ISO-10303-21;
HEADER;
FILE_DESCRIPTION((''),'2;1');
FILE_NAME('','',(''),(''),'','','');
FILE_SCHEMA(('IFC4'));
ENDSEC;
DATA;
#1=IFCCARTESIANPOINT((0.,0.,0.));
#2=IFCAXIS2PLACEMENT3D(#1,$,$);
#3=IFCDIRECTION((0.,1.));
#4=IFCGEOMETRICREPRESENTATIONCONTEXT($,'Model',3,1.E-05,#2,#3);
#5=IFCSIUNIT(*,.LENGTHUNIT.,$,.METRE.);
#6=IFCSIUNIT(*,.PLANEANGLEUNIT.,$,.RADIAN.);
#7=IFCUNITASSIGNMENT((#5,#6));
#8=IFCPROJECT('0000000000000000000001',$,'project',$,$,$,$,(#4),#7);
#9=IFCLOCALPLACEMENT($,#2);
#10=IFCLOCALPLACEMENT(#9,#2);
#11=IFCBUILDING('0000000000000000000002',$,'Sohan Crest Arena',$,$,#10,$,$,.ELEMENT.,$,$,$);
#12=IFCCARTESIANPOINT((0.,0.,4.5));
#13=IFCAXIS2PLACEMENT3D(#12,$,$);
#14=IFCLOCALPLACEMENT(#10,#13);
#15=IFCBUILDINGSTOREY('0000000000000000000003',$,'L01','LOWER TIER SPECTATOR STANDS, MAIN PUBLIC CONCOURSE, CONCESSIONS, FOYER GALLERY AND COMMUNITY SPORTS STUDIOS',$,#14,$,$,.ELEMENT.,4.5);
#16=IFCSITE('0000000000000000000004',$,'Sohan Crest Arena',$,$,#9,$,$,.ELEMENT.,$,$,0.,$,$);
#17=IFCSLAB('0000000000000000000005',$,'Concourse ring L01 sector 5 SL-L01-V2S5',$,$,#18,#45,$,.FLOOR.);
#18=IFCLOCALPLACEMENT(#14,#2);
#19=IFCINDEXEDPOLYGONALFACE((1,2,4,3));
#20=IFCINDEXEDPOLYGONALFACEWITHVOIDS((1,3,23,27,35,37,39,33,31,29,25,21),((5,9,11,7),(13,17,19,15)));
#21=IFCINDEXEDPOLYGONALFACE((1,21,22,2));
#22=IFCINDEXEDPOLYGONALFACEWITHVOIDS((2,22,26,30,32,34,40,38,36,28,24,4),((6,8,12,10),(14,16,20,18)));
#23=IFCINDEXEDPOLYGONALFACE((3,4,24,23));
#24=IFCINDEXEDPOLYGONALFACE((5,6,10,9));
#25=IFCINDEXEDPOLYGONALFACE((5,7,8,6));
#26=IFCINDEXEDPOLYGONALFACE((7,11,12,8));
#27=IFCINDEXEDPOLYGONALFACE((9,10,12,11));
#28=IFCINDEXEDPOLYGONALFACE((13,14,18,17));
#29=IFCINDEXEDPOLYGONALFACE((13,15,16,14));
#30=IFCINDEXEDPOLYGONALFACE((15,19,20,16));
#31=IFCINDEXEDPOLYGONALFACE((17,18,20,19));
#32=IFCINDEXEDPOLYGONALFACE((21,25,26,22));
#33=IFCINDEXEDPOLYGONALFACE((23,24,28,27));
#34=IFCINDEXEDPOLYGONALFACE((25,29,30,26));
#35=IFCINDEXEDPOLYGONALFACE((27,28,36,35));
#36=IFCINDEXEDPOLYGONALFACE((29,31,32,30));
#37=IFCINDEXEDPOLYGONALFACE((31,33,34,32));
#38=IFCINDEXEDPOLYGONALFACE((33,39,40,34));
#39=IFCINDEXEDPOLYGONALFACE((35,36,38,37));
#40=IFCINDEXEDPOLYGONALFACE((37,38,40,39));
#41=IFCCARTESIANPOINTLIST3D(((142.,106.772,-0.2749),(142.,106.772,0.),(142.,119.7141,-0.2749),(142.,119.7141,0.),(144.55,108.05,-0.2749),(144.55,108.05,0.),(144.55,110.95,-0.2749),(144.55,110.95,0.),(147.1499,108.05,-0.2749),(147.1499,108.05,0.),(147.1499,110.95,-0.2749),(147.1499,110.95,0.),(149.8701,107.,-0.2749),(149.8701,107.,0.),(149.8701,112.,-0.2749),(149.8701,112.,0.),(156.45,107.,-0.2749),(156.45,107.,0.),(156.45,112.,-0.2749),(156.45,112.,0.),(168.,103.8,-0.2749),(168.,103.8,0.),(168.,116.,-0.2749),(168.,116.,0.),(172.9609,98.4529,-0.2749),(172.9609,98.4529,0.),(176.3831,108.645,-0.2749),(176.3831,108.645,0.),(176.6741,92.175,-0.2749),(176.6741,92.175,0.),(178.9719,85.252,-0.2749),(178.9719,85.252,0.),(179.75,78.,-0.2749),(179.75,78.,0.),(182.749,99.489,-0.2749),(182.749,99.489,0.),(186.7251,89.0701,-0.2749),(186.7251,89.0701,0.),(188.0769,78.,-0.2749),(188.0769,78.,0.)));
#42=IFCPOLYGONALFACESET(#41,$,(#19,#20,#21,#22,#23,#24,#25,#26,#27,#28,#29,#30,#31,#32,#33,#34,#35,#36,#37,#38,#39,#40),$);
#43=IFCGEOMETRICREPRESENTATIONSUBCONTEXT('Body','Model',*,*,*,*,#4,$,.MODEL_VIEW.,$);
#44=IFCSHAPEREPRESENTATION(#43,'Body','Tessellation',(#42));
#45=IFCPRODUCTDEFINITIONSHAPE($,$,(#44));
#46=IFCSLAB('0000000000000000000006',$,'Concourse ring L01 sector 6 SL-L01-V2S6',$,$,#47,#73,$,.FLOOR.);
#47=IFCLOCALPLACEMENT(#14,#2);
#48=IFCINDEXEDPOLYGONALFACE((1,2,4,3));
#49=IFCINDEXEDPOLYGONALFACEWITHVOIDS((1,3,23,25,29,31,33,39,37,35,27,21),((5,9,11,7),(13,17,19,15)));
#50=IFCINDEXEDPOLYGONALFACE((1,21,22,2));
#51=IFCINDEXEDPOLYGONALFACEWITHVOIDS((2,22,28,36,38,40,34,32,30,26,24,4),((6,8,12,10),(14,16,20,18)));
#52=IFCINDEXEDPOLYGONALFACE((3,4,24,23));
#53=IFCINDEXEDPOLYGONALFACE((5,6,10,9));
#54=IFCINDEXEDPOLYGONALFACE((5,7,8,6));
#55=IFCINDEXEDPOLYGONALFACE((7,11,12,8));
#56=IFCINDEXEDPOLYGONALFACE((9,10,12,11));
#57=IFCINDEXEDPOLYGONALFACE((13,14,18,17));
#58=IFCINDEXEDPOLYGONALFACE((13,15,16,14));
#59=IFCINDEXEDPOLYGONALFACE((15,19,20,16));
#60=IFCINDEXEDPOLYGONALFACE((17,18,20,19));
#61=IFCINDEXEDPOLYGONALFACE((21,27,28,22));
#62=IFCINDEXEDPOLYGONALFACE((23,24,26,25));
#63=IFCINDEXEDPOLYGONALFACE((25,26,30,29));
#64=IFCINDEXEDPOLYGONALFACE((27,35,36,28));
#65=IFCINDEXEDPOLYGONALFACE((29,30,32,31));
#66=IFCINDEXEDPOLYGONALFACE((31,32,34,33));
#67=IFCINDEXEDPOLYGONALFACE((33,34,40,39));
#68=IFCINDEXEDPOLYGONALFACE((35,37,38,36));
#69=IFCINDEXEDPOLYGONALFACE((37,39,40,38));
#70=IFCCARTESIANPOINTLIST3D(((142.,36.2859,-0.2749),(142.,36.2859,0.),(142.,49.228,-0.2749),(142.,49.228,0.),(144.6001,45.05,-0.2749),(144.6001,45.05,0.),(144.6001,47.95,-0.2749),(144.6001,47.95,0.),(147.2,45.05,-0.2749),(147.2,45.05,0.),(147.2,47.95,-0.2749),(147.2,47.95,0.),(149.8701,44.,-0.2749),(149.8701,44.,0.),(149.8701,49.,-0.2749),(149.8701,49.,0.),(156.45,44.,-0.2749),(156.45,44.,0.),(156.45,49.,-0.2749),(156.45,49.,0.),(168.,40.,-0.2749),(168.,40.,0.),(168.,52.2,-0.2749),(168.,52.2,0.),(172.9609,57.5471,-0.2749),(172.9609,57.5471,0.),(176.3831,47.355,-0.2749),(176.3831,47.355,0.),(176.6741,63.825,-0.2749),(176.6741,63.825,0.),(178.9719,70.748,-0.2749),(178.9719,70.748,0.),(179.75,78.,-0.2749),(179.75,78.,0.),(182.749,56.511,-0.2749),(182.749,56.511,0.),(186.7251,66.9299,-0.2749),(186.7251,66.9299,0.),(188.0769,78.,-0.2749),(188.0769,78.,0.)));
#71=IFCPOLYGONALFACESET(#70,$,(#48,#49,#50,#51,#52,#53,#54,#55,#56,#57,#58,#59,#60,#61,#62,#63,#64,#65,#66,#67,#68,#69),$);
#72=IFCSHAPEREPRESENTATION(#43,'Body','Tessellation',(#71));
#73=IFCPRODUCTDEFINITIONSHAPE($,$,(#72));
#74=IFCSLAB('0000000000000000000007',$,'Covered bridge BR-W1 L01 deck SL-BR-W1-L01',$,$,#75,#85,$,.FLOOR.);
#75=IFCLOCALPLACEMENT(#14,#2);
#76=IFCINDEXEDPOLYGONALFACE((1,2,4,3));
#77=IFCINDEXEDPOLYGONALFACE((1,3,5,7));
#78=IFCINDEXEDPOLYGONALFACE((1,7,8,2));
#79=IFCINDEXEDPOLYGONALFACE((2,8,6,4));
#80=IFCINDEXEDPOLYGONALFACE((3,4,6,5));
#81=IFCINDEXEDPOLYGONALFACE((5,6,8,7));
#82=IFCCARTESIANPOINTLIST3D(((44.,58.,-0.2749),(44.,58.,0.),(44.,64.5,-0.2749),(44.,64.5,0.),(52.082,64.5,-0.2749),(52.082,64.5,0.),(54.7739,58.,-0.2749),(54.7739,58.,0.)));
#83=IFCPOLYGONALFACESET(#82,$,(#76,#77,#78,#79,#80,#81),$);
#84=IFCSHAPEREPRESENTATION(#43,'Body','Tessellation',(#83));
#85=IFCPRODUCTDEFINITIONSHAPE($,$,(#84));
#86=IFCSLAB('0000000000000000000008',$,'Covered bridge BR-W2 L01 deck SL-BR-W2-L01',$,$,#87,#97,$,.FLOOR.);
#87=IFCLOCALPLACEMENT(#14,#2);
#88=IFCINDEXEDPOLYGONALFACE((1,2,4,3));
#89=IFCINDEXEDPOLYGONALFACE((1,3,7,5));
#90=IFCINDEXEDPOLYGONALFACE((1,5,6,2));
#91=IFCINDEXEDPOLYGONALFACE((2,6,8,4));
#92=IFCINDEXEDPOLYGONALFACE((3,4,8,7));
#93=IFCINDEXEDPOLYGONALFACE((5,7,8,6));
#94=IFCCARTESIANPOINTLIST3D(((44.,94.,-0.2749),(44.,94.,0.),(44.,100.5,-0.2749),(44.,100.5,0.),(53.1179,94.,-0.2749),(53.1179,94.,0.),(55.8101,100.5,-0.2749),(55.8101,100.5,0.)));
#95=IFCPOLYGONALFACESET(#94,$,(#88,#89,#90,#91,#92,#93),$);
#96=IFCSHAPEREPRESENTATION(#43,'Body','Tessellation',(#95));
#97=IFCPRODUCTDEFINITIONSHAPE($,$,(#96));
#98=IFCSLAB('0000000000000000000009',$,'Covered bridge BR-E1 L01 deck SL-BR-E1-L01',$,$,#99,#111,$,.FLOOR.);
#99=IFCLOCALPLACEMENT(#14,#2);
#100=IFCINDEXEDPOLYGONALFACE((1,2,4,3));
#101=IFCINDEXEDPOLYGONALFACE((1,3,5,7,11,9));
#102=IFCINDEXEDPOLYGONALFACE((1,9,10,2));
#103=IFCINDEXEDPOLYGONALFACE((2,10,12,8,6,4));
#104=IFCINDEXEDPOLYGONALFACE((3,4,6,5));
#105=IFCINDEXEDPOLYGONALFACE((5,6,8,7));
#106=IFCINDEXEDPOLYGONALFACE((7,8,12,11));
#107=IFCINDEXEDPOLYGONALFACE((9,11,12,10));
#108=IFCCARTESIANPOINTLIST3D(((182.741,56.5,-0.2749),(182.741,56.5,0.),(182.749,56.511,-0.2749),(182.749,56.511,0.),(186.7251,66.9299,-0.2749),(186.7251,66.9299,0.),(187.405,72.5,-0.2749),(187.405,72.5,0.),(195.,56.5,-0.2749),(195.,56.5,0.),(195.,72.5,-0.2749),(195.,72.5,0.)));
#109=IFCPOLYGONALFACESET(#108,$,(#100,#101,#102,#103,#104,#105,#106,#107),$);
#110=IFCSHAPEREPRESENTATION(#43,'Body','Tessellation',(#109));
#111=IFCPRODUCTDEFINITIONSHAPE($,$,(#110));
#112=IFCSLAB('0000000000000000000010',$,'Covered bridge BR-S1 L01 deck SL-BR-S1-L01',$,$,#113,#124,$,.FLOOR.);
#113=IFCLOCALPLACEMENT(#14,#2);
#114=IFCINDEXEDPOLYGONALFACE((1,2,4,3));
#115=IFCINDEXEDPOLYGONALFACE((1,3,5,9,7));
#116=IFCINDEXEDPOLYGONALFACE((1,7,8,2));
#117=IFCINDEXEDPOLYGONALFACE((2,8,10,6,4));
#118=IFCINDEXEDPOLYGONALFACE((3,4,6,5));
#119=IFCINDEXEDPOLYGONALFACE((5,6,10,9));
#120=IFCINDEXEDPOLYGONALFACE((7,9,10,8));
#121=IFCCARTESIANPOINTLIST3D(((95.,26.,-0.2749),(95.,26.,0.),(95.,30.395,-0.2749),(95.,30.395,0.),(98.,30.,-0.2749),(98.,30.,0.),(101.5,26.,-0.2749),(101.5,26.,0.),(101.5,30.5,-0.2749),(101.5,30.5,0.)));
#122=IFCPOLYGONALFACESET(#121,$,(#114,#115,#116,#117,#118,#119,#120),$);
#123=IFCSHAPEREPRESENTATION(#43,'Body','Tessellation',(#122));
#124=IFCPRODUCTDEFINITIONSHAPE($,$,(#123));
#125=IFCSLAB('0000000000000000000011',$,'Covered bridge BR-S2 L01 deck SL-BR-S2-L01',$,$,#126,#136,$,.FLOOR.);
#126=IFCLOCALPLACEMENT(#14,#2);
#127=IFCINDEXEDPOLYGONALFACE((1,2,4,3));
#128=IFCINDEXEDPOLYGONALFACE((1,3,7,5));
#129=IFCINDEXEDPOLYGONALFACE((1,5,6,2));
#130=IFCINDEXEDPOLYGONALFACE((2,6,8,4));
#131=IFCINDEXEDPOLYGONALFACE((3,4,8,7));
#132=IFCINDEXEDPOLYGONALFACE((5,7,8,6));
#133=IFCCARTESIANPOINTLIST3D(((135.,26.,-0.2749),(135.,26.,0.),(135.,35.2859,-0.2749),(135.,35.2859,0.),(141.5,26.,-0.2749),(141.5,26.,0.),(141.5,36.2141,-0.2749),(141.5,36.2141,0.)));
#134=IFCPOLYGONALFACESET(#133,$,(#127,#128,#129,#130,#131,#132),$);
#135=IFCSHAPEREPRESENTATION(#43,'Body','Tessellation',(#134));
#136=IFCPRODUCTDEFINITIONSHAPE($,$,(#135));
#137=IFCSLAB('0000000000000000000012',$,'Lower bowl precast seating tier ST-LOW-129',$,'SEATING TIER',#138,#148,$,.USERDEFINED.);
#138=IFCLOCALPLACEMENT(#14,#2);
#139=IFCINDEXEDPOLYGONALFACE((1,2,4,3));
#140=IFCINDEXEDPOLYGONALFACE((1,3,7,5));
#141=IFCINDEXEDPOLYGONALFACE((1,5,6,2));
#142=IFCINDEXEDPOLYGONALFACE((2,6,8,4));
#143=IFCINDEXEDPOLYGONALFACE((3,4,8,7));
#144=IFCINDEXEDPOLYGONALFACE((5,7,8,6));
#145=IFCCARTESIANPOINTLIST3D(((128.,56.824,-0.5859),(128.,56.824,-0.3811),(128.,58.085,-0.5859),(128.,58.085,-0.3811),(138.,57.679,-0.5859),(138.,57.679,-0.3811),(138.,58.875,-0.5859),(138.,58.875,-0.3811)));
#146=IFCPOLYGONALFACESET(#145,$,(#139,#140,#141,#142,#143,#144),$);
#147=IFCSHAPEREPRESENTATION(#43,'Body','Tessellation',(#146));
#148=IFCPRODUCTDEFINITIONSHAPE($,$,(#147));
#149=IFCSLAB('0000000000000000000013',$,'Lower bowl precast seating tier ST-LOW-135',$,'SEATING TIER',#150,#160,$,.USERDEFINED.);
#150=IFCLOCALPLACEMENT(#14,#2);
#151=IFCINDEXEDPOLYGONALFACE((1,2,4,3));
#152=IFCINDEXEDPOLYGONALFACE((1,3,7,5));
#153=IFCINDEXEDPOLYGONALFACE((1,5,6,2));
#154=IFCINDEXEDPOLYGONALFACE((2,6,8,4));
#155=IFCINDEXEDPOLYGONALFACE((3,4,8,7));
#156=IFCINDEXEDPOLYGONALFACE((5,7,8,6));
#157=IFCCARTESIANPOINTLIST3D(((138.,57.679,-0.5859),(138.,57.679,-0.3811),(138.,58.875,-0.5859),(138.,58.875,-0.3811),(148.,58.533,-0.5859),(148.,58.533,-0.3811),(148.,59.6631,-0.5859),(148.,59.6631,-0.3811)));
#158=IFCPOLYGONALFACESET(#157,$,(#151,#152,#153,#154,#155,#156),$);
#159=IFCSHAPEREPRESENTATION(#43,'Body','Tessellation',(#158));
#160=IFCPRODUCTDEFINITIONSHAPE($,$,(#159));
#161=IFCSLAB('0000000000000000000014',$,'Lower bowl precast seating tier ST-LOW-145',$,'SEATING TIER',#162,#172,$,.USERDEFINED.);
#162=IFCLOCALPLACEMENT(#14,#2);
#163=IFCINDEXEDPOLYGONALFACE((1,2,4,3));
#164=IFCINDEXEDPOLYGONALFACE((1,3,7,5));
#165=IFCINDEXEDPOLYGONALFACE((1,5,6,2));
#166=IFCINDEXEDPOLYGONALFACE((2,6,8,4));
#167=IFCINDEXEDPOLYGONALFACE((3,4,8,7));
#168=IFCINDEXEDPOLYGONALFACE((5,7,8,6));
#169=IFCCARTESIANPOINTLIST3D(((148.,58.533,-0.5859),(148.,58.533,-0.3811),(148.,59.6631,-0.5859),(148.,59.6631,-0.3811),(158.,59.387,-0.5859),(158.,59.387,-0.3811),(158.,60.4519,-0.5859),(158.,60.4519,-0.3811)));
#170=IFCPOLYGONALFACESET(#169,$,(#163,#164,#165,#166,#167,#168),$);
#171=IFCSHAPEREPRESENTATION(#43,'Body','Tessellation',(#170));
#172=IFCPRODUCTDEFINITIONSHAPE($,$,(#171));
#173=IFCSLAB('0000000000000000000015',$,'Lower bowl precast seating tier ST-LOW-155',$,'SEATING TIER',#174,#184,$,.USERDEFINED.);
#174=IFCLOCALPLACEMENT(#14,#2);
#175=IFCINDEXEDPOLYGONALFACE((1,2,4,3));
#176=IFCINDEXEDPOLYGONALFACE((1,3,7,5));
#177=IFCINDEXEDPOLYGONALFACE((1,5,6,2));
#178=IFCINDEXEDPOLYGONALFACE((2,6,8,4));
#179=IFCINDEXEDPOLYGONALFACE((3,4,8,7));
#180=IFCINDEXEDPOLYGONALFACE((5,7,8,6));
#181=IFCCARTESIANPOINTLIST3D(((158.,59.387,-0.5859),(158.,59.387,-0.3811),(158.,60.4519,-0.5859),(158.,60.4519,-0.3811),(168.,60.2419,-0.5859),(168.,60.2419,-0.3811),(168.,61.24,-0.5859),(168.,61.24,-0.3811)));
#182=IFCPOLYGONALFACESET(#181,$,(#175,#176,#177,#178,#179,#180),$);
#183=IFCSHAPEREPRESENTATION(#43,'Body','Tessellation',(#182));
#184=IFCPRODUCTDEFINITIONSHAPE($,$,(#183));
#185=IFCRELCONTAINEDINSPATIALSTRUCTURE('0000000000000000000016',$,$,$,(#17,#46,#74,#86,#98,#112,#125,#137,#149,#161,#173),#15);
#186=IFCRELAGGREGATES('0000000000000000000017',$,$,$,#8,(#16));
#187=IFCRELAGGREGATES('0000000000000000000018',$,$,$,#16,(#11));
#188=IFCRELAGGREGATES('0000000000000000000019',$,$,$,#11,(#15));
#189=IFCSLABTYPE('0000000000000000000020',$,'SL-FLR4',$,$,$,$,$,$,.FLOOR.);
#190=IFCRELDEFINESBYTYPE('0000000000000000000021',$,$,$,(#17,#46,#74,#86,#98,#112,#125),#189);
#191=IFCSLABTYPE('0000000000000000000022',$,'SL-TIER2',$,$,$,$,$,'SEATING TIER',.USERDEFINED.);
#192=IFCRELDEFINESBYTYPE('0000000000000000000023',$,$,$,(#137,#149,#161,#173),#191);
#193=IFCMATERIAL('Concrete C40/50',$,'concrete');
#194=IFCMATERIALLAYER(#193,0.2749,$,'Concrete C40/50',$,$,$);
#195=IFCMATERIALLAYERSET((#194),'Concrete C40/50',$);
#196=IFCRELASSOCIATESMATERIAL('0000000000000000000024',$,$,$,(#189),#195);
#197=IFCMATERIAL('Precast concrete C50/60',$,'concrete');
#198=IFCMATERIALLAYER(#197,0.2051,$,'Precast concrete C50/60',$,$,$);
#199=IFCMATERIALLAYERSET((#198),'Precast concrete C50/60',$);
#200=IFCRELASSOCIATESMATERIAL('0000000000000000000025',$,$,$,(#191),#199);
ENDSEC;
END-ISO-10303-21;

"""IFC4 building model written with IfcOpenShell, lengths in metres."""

from ifc_helpers import new_model, si_unit, direction, frame, origin, place, context, subcontext, project, spatial, polyline, outline, extrude, material, layer, layer_set, type_object, element, save


model = new_model("IFC4")

# Units and contexts
model_context = context("Model", 3, precision=1e-05, world=origin(), true_north=direction((0.0, 1.0)))
body_context = subcontext(model_context, "Body", "Model", "MODEL_VIEW")
ifc_project = project(units=[si_unit("LENGTHUNIT", "METRE"), si_unit("PLANEANGLEUNIT", "RADIAN")], contexts=[model_context])

# Site, building, storey
site_placement = place(None, origin())
site = spatial("IfcSite", under=ifc_project, at=site_placement, Name="Sohan Crest Arena", CompositionType="ELEMENT", RefElevation=0.0)
building_placement = place(site_placement, origin())
building = spatial("IfcBuilding", under=site, at=building_placement, Name="Sohan Crest Arena", CompositionType="ELEMENT")
storey_placement = place(building_placement, frame((0.0, 0.0, 4.5)))
storey = spatial("IfcBuildingStorey", under=building, at=storey_placement, Name="L01", Description="LOWER TIER SPECTATOR STANDS, MAIN PUBLIC CONCOURSE, CONCESSIONS, FOYER GALLERY AND COMMUNITY SPORTS STUDIOS", CompositionType="ELEMENT", Elevation=4.5)

# Slabs
ifc_material_1 = material(Name="Concrete C40/50", Category="concrete")
ifc_layer_1 = layer(ifc_material_1, 0.2749, Name="Concrete C40/50")
ifc_layer_set_1 = layer_set([ifc_layer_1], Name="Concrete C40/50")
slab_type_1 = type_object("IfcSlabType", Name="SL-FLR4", PredefinedType="FLOOR", material=ifc_layer_set_1)
slab_1_placement = place(storey_placement, frame((0.0, 0.0, -0.2749)))
element("IfcSlab", 1, at=slab_1_placement, inside=storey, type_object=slab_type_1, Name="Concourse ring L01 sector 5 SL-L01-V2S5", PredefinedType="FLOOR", context=body_context, shape_type="SweptSolid", body=[
    extrude(outline(polyline([(142.0, 119.7141), (168.0, 116.0), (176.3831, 108.645), (182.749, 99.489), (186.7251, 89.0701), (188.0769, 78.0), (179.75, 78.0), (178.9719, 85.252), (176.6741, 92.175), (172.9609, 98.4529), (168.0, 103.8), (142.0, 106.772), (142.0, 119.7141)]), holes=[polyline([(149.8701, 107.0), (156.45, 107.0), (156.45, 112.0), (149.8701, 112.0), (149.8701, 107.0)]), polyline([(144.55, 110.95), (144.55, 108.05), (147.1499, 108.05), (147.1499, 110.95), (144.55, 110.95)])]), origin(), (0.0, 0.0, 1.0), 0.2749),
])
slab_2_placement = place(storey_placement, frame((0.0, 0.0, -0.2749)))
element("IfcSlab", 2, at=slab_2_placement, inside=storey, type_object=slab_type_1, Name="Concourse ring L01 sector 6 SL-L01-V2S6", PredefinedType="FLOOR", context=body_context, shape_type="SweptSolid", body=[
    extrude(outline(polyline([(186.7251, 66.9299), (182.749, 56.511), (176.3831, 47.355), (168.0, 40.0), (142.0, 36.2859), (142.0, 49.228), (168.0, 52.2), (172.9609, 57.5471), (176.6741, 63.825), (178.9719, 70.748), (179.75, 78.0), (188.0769, 78.0), (186.7251, 66.9299)]), holes=[polyline([(156.45, 49.0), (149.8701, 49.0), (149.8701, 44.0), (156.45, 44.0), (156.45, 49.0)]), polyline([(147.2, 45.05), (147.2, 47.95), (144.6001, 47.95), (144.6001, 45.05), (147.2, 45.05)])]), origin(), (0.0, 0.0, 1.0), 0.2749),
])
slab_3_placement = place(storey_placement, frame((0.0, 0.0, -0.2749)))
element("IfcSlab", 3, at=slab_3_placement, inside=storey, type_object=slab_type_1, Name="Covered bridge BR-W1 L01 deck SL-BR-W1-L01", PredefinedType="FLOOR", context=body_context, shape_type="SweptSolid", body=[
    extrude(outline(polyline([(52.082, 64.5), (54.7739, 58.0), (44.0, 58.0), (44.0, 64.5), (52.082, 64.5)])), origin(), (0.0, 0.0, 1.0), 0.2749),
])
slab_4_placement = place(storey_placement, frame((0.0, 0.0, -0.2749)))
element("IfcSlab", 4, at=slab_4_placement, inside=storey, type_object=slab_type_1, Name="Covered bridge BR-W2 L01 deck SL-BR-W2-L01", PredefinedType="FLOOR", context=body_context, shape_type="SweptSolid", body=[
    extrude(outline(polyline([(55.8101, 100.5), (53.1179, 94.0), (44.0, 94.0), (44.0, 100.5), (55.8101, 100.5)])), origin(), (0.0, 0.0, 1.0), 0.2749),
])
slab_5_placement = place(storey_placement, frame((0.0, 0.0, -0.2749)))
element("IfcSlab", 5, at=slab_5_placement, inside=storey, type_object=slab_type_1, Name="Covered bridge BR-E1 L01 deck SL-BR-E1-L01", PredefinedType="FLOOR", context=body_context, shape_type="SweptSolid", body=[
    extrude(outline(polyline([(195.0, 56.5), (182.741, 56.5), (182.749, 56.511), (186.7251, 66.9299), (187.405, 72.5), (195.0, 72.5), (195.0, 56.5)])), origin(), (0.0, 0.0, 1.0), 0.2749),
])
slab_6_placement = place(storey_placement, frame((0.0, 0.0, -0.2749)))
element("IfcSlab", 6, at=slab_6_placement, inside=storey, type_object=slab_type_1, Name="Covered bridge BR-S1 L01 deck SL-BR-S1-L01", PredefinedType="FLOOR", context=body_context, shape_type="SweptSolid", body=[
    extrude(outline(polyline([(101.5, 26.0), (95.0, 26.0), (95.0, 30.395), (98.0, 30.0), (101.5, 30.5), (101.5, 26.0)])), origin(), (0.0, 0.0, 1.0), 0.2749),
])
slab_7_placement = place(storey_placement, frame((0.0, 0.0, -0.2749)))
element("IfcSlab", 7, at=slab_7_placement, inside=storey, type_object=slab_type_1, Name="Covered bridge BR-S2 L01 deck SL-BR-S2-L01", PredefinedType="FLOOR", context=body_context, shape_type="SweptSolid", body=[
    extrude(outline(polyline([(141.5, 26.0), (135.0, 26.0), (135.0, 35.2859), (141.5, 36.2141), (141.5, 26.0)])), origin(), (0.0, 0.0, 1.0), 0.2749),
])
ifc_material_2 = material(Name="Precast concrete C50/60", Category="concrete")
ifc_layer_2 = layer(ifc_material_2, 0.2051, Name="Precast concrete C50/60")
ifc_layer_set_2 = layer_set([ifc_layer_2], Name="Precast concrete C50/60")
slab_type_2 = type_object("IfcSlabType", Name="SL-TIER2", ElementType="SEATING TIER", PredefinedType="USERDEFINED", material=ifc_layer_set_2)
slab_8_placement = place(storey_placement, frame((0.0, 0.0, -0.5859)))
element("IfcSlab", 8, at=slab_8_placement, inside=storey, type_object=slab_type_2, Name="Lower bowl precast seating tier ST-LOW-129", ObjectType="SEATING TIER", PredefinedType="USERDEFINED", context=body_context, shape_type="SweptSolid", body=[
    extrude(outline(polyline([(128.0, 58.085), (138.0, 58.875), (138.0, 57.679), (128.0, 56.824), (128.0, 58.085)])), origin(), (0.0, 0.0, 1.0), 0.2048),
])
slab_9_placement = place(storey_placement, frame((0.0, 0.0, -0.5859)))
element("IfcSlab", 9, at=slab_9_placement, inside=storey, type_object=slab_type_2, Name="Lower bowl precast seating tier ST-LOW-135", ObjectType="SEATING TIER", PredefinedType="USERDEFINED", context=body_context, shape_type="SweptSolid", body=[
    extrude(outline(polyline([(138.0, 58.875), (148.0, 59.6631), (148.0, 58.533), (138.0, 57.679), (138.0, 58.875)])), origin(), (0.0, 0.0, 1.0), 0.2048),
])
slab_10_placement = place(storey_placement, frame((0.0, 0.0, -0.5859)))
element("IfcSlab", 10, at=slab_10_placement, inside=storey, type_object=slab_type_2, Name="Lower bowl precast seating tier ST-LOW-145", ObjectType="SEATING TIER", PredefinedType="USERDEFINED", context=body_context, shape_type="SweptSolid", body=[
    extrude(outline(polyline([(148.0, 59.6631), (158.0, 60.4519), (158.0, 59.387), (148.0, 58.533), (148.0, 59.6631)])), origin(), (0.0, 0.0, 1.0), 0.2048),
])
slab_11_placement = place(storey_placement, frame((0.0, 0.0, -0.5859)))
element("IfcSlab", 11, at=slab_11_placement, inside=storey, type_object=slab_type_2, Name="Lower bowl precast seating tier ST-LOW-155", ObjectType="SEATING TIER", PredefinedType="USERDEFINED", context=body_context, shape_type="SweptSolid", body=[
    extrude(outline(polyline([(158.0, 60.4519), (168.0, 61.24), (168.0, 60.2419), (158.0, 59.387), (158.0, 60.4519)])), origin(), (0.0, 0.0, 1.0), 0.2048),
])

save(model, "model.ifc")
